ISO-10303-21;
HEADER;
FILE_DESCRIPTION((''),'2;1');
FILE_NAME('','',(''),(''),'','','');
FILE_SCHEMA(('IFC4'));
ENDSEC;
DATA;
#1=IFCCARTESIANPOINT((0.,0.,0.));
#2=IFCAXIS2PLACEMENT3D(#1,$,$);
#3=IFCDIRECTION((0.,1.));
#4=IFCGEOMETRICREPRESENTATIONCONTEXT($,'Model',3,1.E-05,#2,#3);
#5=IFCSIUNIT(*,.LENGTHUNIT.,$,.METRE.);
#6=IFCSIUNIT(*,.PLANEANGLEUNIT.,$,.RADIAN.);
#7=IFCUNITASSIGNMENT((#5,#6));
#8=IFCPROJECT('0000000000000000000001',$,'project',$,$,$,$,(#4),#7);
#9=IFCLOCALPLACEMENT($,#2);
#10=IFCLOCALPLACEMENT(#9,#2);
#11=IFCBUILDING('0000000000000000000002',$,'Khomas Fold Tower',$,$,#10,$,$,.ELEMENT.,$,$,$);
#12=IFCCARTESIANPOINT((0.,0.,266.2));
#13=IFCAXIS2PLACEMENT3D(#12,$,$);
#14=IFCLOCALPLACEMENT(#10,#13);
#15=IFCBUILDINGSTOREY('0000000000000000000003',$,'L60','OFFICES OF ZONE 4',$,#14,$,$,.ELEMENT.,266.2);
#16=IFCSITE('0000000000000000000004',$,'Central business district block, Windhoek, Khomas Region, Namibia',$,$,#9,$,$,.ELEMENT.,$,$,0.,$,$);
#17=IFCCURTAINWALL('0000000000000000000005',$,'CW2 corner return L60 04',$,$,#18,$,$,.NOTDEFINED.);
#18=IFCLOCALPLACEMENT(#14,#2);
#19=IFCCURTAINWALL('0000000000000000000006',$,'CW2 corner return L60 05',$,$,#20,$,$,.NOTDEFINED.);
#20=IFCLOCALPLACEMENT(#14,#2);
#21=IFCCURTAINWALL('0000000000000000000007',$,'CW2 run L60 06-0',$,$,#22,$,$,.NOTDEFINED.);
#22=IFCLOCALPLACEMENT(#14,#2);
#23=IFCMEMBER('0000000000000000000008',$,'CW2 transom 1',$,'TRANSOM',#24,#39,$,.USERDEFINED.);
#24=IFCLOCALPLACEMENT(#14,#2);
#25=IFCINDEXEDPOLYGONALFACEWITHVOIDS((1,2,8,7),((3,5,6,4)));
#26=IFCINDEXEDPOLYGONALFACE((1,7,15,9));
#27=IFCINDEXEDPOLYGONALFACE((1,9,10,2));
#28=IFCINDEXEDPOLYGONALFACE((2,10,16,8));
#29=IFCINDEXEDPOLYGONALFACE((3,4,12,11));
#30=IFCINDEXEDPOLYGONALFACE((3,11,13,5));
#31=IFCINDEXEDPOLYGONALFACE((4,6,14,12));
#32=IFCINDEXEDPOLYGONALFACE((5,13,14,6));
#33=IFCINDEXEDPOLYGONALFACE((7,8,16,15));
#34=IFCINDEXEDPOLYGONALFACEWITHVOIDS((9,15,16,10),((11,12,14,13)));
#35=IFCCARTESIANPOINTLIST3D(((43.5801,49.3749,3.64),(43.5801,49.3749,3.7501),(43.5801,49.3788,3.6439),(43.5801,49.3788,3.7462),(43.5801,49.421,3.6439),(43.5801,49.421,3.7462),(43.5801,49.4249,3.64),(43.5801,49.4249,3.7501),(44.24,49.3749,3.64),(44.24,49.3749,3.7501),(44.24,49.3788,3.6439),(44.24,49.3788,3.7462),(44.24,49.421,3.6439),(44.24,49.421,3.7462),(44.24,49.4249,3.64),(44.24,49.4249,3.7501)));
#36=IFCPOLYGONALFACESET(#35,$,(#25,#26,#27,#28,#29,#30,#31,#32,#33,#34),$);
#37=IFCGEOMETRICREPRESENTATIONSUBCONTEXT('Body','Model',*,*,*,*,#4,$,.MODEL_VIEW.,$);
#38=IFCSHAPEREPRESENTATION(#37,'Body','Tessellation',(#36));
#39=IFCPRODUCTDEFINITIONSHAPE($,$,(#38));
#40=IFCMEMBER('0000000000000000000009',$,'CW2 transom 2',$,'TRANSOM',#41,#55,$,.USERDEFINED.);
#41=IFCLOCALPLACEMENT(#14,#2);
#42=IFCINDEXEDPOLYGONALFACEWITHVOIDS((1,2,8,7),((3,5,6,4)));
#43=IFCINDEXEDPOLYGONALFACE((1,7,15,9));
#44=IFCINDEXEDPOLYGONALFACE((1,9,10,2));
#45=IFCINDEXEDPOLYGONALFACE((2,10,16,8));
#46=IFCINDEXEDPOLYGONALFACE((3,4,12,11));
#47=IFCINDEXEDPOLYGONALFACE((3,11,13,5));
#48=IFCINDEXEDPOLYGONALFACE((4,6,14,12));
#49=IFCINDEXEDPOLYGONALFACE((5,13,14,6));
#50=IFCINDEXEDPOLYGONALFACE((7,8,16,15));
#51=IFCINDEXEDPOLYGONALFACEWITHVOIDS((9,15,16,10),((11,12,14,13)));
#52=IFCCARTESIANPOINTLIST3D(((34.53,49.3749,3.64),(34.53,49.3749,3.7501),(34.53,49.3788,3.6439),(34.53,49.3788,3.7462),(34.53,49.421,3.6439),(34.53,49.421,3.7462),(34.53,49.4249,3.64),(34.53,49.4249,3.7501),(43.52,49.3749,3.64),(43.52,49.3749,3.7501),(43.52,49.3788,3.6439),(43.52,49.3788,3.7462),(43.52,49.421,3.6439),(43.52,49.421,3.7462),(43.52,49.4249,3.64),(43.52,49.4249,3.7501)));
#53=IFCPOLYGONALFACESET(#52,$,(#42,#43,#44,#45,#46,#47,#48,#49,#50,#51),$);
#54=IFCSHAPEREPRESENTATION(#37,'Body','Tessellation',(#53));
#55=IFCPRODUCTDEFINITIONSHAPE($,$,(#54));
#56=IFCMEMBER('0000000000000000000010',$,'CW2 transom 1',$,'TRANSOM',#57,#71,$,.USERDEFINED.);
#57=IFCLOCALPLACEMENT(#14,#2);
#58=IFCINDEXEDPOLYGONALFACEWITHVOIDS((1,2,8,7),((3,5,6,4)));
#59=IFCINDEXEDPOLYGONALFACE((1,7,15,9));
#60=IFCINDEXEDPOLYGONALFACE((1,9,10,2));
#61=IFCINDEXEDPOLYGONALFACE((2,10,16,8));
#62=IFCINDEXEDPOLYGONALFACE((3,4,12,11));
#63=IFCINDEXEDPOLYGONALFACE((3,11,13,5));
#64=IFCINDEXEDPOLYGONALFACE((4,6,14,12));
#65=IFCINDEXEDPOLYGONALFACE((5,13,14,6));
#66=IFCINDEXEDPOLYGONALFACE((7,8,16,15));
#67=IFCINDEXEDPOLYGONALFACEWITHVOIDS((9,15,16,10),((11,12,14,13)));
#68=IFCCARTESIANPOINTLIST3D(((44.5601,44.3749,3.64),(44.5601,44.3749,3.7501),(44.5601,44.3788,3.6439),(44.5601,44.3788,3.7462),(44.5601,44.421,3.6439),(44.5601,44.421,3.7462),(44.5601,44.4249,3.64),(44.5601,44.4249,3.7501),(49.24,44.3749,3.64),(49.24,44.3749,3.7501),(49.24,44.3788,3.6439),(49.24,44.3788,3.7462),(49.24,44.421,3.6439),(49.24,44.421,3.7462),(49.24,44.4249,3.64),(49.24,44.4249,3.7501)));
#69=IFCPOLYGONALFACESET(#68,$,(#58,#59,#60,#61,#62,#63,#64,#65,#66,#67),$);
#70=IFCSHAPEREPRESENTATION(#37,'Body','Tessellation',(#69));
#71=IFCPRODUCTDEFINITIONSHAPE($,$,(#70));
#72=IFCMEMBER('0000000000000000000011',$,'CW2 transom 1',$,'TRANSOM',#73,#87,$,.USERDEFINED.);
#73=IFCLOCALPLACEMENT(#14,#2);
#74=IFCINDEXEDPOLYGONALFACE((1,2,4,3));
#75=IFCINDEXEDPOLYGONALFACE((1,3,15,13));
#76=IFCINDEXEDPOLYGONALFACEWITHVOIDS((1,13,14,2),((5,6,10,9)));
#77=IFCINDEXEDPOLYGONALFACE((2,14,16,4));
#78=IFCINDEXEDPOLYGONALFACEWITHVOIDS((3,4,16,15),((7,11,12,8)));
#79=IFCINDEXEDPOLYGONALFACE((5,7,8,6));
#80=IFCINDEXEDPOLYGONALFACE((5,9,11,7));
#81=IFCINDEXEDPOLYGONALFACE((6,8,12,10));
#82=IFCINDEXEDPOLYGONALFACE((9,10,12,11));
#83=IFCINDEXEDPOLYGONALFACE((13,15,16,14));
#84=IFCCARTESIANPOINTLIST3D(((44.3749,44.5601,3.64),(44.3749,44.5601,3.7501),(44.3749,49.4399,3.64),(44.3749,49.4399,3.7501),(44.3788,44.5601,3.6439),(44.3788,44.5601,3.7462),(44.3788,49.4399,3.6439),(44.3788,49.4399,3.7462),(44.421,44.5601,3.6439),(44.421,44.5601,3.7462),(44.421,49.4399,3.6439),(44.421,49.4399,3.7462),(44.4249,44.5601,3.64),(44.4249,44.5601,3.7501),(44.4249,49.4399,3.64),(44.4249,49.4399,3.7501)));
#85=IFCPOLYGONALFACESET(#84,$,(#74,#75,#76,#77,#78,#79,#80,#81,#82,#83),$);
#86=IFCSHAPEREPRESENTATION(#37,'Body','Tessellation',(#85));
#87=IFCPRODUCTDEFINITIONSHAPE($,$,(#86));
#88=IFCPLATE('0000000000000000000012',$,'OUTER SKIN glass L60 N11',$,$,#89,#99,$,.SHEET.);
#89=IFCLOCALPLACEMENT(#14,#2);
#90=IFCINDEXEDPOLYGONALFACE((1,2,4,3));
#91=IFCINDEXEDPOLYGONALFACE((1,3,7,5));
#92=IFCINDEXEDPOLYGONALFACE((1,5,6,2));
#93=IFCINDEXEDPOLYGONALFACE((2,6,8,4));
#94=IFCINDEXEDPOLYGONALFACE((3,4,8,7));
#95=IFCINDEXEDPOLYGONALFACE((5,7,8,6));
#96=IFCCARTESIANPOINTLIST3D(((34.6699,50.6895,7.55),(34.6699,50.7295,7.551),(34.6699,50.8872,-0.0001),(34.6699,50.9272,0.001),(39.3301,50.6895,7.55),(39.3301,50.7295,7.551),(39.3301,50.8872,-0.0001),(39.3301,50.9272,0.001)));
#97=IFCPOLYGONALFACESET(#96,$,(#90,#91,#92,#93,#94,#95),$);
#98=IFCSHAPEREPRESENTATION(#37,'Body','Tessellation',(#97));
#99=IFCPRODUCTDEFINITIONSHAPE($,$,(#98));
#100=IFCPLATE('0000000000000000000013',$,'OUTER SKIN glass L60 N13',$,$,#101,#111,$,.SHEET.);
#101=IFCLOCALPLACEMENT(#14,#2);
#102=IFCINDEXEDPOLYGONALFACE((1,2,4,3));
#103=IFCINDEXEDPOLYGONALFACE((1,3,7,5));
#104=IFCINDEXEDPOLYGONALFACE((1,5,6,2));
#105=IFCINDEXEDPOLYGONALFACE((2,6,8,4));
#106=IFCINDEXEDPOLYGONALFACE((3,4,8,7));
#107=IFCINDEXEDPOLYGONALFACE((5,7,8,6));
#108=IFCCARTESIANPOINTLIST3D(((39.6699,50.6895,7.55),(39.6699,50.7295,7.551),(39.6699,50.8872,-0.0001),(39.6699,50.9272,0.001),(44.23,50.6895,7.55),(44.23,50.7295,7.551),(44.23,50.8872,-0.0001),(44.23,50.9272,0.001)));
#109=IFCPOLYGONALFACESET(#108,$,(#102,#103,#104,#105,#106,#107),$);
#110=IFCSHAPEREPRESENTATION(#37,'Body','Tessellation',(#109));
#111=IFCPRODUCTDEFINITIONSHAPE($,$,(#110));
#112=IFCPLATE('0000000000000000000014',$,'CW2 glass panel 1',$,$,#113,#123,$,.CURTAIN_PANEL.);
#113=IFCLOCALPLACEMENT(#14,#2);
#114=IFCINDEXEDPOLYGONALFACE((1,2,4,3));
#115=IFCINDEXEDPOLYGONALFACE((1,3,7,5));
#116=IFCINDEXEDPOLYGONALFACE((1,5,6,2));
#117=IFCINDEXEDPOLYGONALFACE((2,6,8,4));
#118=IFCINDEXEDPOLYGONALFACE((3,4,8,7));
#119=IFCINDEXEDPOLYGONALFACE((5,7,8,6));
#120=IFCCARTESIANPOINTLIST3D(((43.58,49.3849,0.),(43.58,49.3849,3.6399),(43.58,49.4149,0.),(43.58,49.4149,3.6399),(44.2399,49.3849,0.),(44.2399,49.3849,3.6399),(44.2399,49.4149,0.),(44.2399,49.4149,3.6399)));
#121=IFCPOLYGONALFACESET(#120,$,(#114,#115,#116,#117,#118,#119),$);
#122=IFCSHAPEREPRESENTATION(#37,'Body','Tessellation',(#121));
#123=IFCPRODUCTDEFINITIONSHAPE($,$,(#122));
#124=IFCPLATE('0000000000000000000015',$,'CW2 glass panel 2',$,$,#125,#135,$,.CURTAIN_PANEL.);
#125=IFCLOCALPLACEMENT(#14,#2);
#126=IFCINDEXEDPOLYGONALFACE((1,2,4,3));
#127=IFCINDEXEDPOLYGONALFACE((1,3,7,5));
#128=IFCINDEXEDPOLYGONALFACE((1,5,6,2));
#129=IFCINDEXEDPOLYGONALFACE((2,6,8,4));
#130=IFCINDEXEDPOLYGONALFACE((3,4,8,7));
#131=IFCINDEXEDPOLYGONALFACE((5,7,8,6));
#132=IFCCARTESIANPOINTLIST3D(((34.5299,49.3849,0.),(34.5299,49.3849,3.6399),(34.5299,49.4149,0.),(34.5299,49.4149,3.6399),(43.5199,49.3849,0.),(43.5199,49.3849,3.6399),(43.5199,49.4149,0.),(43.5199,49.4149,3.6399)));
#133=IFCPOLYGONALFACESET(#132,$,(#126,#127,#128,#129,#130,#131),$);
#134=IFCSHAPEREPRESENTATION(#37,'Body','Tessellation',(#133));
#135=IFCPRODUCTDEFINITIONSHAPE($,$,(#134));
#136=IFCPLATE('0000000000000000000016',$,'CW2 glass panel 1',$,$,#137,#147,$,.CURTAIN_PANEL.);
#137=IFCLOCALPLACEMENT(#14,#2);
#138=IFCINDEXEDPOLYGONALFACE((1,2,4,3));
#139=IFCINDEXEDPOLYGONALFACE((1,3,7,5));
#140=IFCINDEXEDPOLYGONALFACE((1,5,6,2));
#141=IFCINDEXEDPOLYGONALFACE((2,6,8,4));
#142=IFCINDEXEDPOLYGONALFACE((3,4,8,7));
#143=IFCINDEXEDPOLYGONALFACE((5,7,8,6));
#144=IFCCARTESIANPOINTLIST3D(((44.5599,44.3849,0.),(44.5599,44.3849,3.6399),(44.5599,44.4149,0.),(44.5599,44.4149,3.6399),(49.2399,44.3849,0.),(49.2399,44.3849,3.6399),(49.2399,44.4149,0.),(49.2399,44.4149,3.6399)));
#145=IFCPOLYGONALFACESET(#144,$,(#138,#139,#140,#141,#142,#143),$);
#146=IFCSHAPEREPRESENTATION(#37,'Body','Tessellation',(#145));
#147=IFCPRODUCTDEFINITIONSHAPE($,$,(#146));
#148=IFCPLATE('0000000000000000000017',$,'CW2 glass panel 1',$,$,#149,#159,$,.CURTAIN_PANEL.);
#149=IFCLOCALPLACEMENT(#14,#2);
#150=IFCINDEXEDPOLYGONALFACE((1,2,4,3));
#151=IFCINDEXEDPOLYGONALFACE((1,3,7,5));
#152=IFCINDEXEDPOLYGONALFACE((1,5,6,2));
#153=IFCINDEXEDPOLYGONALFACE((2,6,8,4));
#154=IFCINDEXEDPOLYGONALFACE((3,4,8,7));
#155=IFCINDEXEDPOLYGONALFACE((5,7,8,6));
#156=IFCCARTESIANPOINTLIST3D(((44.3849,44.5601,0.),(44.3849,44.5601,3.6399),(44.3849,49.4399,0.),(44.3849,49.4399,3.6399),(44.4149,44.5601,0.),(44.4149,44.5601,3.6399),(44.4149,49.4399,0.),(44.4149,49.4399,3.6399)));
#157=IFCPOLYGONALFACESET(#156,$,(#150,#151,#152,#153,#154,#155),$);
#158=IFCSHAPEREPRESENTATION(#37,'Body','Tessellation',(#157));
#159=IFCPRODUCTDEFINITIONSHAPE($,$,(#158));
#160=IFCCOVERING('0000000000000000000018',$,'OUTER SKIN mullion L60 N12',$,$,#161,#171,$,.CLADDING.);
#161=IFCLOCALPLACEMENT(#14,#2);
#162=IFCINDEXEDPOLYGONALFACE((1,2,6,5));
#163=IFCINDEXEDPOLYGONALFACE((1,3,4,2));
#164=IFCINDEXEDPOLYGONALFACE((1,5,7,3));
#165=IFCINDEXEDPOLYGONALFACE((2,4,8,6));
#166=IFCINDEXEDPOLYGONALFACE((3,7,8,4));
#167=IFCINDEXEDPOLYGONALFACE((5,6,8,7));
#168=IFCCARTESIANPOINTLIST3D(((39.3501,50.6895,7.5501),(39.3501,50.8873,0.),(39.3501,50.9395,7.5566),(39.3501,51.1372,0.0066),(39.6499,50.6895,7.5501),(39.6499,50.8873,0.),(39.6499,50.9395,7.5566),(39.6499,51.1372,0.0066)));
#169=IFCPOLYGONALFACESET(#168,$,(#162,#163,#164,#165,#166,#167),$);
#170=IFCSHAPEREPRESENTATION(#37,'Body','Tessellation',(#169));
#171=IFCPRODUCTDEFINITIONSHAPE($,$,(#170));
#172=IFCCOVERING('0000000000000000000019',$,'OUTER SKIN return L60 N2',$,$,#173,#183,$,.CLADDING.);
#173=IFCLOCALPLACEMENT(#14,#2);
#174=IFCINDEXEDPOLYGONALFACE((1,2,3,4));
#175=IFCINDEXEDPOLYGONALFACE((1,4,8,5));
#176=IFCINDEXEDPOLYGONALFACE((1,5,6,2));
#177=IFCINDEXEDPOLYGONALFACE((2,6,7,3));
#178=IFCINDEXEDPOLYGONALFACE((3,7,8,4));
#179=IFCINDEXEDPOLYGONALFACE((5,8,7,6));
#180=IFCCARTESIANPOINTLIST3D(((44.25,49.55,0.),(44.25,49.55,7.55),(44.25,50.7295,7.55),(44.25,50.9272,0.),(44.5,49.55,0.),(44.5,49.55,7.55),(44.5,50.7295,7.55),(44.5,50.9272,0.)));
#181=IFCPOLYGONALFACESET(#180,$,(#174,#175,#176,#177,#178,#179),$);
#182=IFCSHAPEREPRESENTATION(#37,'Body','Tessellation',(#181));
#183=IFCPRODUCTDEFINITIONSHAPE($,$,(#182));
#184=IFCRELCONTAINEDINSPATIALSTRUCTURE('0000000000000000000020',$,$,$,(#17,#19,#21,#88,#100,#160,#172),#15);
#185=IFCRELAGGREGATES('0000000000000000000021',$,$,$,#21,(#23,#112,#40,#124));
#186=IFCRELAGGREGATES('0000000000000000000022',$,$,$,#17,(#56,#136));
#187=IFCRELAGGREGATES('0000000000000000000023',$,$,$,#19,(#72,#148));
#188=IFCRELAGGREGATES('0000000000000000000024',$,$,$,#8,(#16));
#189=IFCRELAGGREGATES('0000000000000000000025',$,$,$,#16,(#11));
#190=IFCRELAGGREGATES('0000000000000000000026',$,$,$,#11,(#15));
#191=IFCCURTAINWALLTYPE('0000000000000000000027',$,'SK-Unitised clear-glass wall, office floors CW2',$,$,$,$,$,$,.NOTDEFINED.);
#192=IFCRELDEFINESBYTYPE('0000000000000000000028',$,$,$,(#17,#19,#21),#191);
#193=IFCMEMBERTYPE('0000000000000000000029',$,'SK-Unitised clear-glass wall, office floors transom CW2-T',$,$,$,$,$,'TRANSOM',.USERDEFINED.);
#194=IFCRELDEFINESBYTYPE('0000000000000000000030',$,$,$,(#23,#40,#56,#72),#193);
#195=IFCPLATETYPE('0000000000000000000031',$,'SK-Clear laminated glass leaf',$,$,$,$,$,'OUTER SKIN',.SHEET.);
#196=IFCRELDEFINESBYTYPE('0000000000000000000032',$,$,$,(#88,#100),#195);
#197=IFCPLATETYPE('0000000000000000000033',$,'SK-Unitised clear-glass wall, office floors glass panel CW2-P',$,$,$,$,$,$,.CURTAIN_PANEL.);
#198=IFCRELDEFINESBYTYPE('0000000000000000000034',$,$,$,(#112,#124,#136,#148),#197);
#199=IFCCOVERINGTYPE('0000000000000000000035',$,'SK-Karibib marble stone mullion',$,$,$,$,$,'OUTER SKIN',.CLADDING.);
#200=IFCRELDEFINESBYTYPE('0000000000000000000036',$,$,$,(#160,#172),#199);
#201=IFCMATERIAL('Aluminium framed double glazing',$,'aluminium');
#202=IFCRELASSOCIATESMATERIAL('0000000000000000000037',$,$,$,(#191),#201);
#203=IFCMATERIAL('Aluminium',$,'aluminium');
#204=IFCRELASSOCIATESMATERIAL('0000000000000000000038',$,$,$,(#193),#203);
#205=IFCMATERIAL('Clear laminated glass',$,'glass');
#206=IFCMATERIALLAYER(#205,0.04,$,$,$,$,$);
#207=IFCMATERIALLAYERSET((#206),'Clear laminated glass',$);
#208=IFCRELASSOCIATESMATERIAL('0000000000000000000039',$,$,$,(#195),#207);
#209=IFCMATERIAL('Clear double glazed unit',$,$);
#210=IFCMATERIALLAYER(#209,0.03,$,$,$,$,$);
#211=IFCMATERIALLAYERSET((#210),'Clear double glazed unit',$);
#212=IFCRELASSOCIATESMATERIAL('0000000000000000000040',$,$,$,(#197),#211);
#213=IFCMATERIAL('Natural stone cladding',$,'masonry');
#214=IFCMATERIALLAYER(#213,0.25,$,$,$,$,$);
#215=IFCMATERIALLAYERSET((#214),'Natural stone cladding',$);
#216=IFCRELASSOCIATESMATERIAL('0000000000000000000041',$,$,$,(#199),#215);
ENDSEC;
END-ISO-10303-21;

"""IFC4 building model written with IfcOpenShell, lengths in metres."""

from ifc_helpers import new_model, si_unit, direction, frame, origin, origin_2d, place, context, subcontext, project, spatial, polyline, rectangle, hollow_rectangle, outline, extrude, source, transform, mapped, material, layer, layer_set, material_profile, profile_set, type_object, element, aggregate, save


model = new_model("IFC4")

# Units and contexts
model_context = context("Model", 3, precision=1e-05, world=origin(), true_north=direction((0.0, 1.0)))
body_context = subcontext(model_context, "Body", "Model", "MODEL_VIEW")
ifc_project = project(units=[si_unit("LENGTHUNIT", "METRE"), si_unit("PLANEANGLEUNIT", "RADIAN")], contexts=[model_context])

# Site, building, storey
site_placement = place(None, origin())
site = spatial("IfcSite", under=ifc_project, at=site_placement, Name="Central business district block, Windhoek, Khomas Region, Namibia", CompositionType="ELEMENT", RefElevation=0.0)
building_placement = place(site_placement, origin())
building = spatial("IfcBuilding", under=site, at=building_placement, Name="Khomas Fold Tower", CompositionType="ELEMENT")
storey_placement = place(building_placement, frame((0.0, 0.0, 266.2)))
storey = spatial("IfcBuildingStorey", under=building, at=storey_placement, Name="L60", Description="OFFICES OF ZONE 4", CompositionType="ELEMENT", Elevation=266.2)

# Curtain wall
ifc_material_1 = material(Name="Aluminium framed double glazing", Category="aluminium")
curtain_wall_type = type_object("IfcCurtainWallType", Name="SK-Unitised clear-glass wall, office floors CW2", PredefinedType="NOTDEFINED", material=ifc_material_1)
curtain_wall_1_placement = place(storey_placement, origin())
curtain_wall_1 = element("IfcCurtainWall", 1, at=curtain_wall_1_placement, inside=storey, type_object=curtain_wall_type, Name="CW2 corner return L60 04", PredefinedType="NOTDEFINED")

# Curtain walls, members
curtain_wall_2_placement = place(storey_placement, origin())
curtain_wall_2 = element("IfcCurtainWall", 2, at=curtain_wall_2_placement, inside=storey, type_object=curtain_wall_type, Name="CW2 corner return L60 05", PredefinedType="NOTDEFINED")
curtain_wall_3_placement = place(storey_placement, origin())
curtain_wall_3 = element("IfcCurtainWall", 3, at=curtain_wall_3_placement, inside=storey, type_object=curtain_wall_type, Name="CW2 run L60 06-0", PredefinedType="NOTDEFINED")
ifc_material_2 = material(Name="Aluminium", Category="aluminium")
ifc_material_profile_1 = material_profile(ifc_material_2, hollow_rectangle(XDim=0.05, YDim=0.1101, WallThickness=0.0039, at=origin_2d()), Name="SK-Unitised clear-glass wall, office floors transom CW2-T")
ifc_profile_set_1 = profile_set([ifc_material_profile_1], Name="Aluminium")
member_type_1 = type_object("IfcMemberType", Name="SK-Unitised clear-glass wall, office floors transom CW2-T", ElementType="TRANSOM", PredefinedType="USERDEFINED", material=ifc_profile_set_1)
shared_shape_1 = source(origin(), body_context, "Body", "SweptSolid", [
    extrude(hollow_rectangle(XDim=0.05, YDim=0.1101, WallThickness=0.0039, at=origin_2d()), origin(), (0.0, 0.0, 1.0), 0.6599),
])
member_1_placement = place(storey_placement, frame((44.24, 49.3999, 3.6951), z_axis=(-1.0, 0.0, 0.0), x_axis=(0.0, -1.0, 0.0)))
member_1 = element("IfcMember", 4, at=member_1_placement, type_object=member_type_1, Name="CW2 transom 1", ObjectType="TRANSOM", PredefinedType="USERDEFINED", context=body_context, shape_type="MappedRepresentation", body=[
    mapped(shared_shape_1, transform((0.0, 0.0, 0.0))),
])
shared_shape_2 = source(origin(), body_context, "Body", "SweptSolid", [
    extrude(hollow_rectangle(XDim=0.05, YDim=0.1101, WallThickness=0.0039, at=origin_2d()), origin(), (0.0, 0.0, 1.0), 8.99),
])
member_2_placement = place(storey_placement, frame((43.52, 49.3999, 3.6951), z_axis=(-1.0, 0.0, 0.0), x_axis=(0.0, -1.0, 0.0)))
member_2 = element("IfcMember", 5, at=member_2_placement, type_object=member_type_1, Name="CW2 transom 2", ObjectType="TRANSOM", PredefinedType="USERDEFINED", context=body_context, shape_type="MappedRepresentation", body=[
    mapped(shared_shape_2, transform((0.0, 0.0, 0.0))),
])

# Members
shared_shape_3 = source(origin(), body_context, "Body", "SweptSolid", [
    extrude(hollow_rectangle(XDim=0.05, YDim=0.1101, WallThickness=0.0039, at=origin_2d()), origin(), (0.0, 0.0, 1.0), 4.6799),
])
member_3_placement = place(storey_placement, frame((49.24, 44.3999, 3.6951), z_axis=(-1.0, 0.0, 0.0), x_axis=(0.0, -1.0, 0.0)))
member_3 = element("IfcMember", 6, at=member_3_placement, type_object=member_type_1, Name="CW2 transom 1", ObjectType="TRANSOM", PredefinedType="USERDEFINED", context=body_context, shape_type="MappedRepresentation", body=[
    mapped(shared_shape_3, transform((0.0, 0.0, 0.0))),
])
shared_shape_4 = source(origin(), body_context, "Body", "SweptSolid", [
    extrude(hollow_rectangle(XDim=0.05, YDim=0.1101, WallThickness=0.0039, at=origin_2d()), origin(), (0.0, 0.0, 1.0), 4.8799),
])
member_4_placement = place(storey_placement, frame((44.3999, 44.5601, 3.6951), z_axis=(0.0, 1.0, 0.0), x_axis=(-1.0, 0.0, 0.0)))
member_4 = element("IfcMember", 7, at=member_4_placement, type_object=member_type_1, Name="CW2 transom 1", ObjectType="TRANSOM", PredefinedType="USERDEFINED", context=body_context, shape_type="MappedRepresentation", body=[
    mapped(shared_shape_4, transform((0.0, 0.0, 0.0))),
])

# Plates
ifc_material_3 = material(Name="Clear laminated glass", Category="glass")
ifc_layer_1 = layer(ifc_material_3, 0.04)
ifc_layer_set_1 = layer_set([ifc_layer_1], Name="Clear laminated glass")
plate_type_1 = type_object("IfcPlateType", Name="SK-Clear laminated glass leaf", ElementType="OUTER SKIN", PredefinedType="SHEET", material=ifc_layer_set_1)
plate_1_placement = place(storey_placement, frame((34.6699, 50.9272, 0.001), z_axis=(0.0, 0.999657, 0.026183), x_axis=(1.0, 0.0, 0.0)))
element("IfcPlate", 8, at=plate_1_placement, inside=storey, type_object=plate_type_1, Name="OUTER SKIN glass L60 N11", PredefinedType="SHEET", context=body_context, shape_type="SweptSolid", body=[
    extrude(outline(polyline([(0.0, 0.0), (4.6602, 0.0), (4.6602, -7.5526), (0.0, -7.5526), (0.0, 0.0)])), origin(), (0.0, 0.0, -1.0), 0.04),
])
plate_2_placement = place(storey_placement, frame((39.6699, 50.9272, 0.001), z_axis=(0.0, 0.999657, 0.026183), x_axis=(1.0, 0.0, 0.0)))
element("IfcPlate", 9, at=plate_2_placement, inside=storey, type_object=plate_type_1, Name="OUTER SKIN glass L60 N13", PredefinedType="SHEET", context=body_context, shape_type="SweptSolid", body=[
    extrude(outline(polyline([(0.0, 0.0), (4.5601, 0.0), (4.5601, -7.5526), (0.0, -7.5526), (0.0, 0.0)])), origin(), (0.0, 0.0, -1.0), 0.04),
])

# Plates
ifc_material_4 = material(Name="Clear double glazed unit")
ifc_layer_2 = layer(ifc_material_4, 0.03)
ifc_layer_set_2 = layer_set([ifc_layer_2], Name="Clear double glazed unit")
plate_type_2 = type_object("IfcPlateType", Name="SK-Unitised clear-glass wall, office floors glass panel CW2-P", PredefinedType="CURTAIN_PANEL", material=ifc_layer_set_2)
shared_shape_5 = source(origin(), body_context, "Body", "SweptSolid", [
    extrude(rectangle(XDim=0.6599, YDim=0.03, at=origin_2d()), origin(), (0.0, 0.0, 1.0), 3.6399),
])
plate_3_placement = place(storey_placement, frame((43.9099, 49.3999, 0.0), z_axis=(0.0, 0.0, 1.0), x_axis=(-1.0, 0.0, 0.0)))
plate_3 = element("IfcPlate", 10, at=plate_3_placement, type_object=plate_type_2, Name="CW2 glass panel 1", PredefinedType="CURTAIN_PANEL", context=body_context, shape_type="MappedRepresentation", body=[
    mapped(shared_shape_5, transform((0.0, 0.0, 0.0))),
])
shared_shape_6 = source(origin(), body_context, "Body", "SweptSolid", [
    extrude(rectangle(XDim=8.99, YDim=0.03, at=origin_2d()), origin(), (0.0, 0.0, 1.0), 3.6399),
])
plate_4_placement = place(storey_placement, frame((39.0249, 49.3999, 0.0), z_axis=(0.0, 0.0, 1.0), x_axis=(-1.0, 0.0, 0.0)))
plate_4 = element("IfcPlate", 11, at=plate_4_placement, type_object=plate_type_2, Name="CW2 glass panel 2", PredefinedType="CURTAIN_PANEL", context=body_context, shape_type="MappedRepresentation", body=[
    mapped(shared_shape_6, transform((0.0, 0.0, 0.0))),
])
aggregate(curtain_wall_3, [member_1, plate_3, member_2, plate_4])
shared_shape_7 = source(origin(), body_context, "Body", "SweptSolid", [
    extrude(rectangle(XDim=4.6799, YDim=0.03, at=origin_2d()), origin(), (0.0, 0.0, 1.0), 3.6399),
])
plate_5_placement = place(storey_placement, frame((46.8999, 44.3999, 0.0), z_axis=(0.0, 0.0, 1.0), x_axis=(-1.0, 0.0, 0.0)))
plate_5 = element("IfcPlate", 12, at=plate_5_placement, type_object=plate_type_2, Name="CW2 glass panel 1", PredefinedType="CURTAIN_PANEL", context=body_context, shape_type="MappedRepresentation", body=[
    mapped(shared_shape_7, transform((0.0, 0.0, 0.0))),
])
aggregate(curtain_wall_1, [member_3, plate_5])
shared_shape_8 = source(origin(), body_context, "Body", "SweptSolid", [
    extrude(rectangle(XDim=4.8799, YDim=0.03, at=origin_2d()), origin(), (0.0, 0.0, 1.0), 3.6399),
])
plate_6_placement = place(storey_placement, frame((44.3999, 47.0, 0.0), z_axis=(0.0, 0.0, 1.0), x_axis=(0.0, 1.0, 0.0)))
plate_6 = element("IfcPlate", 13, at=plate_6_placement, type_object=plate_type_2, Name="CW2 glass panel 1", PredefinedType="CURTAIN_PANEL", context=body_context, shape_type="MappedRepresentation", body=[
    mapped(shared_shape_8, transform((0.0, 0.0, 0.0))),
])
aggregate(curtain_wall_2, [member_4, plate_6])

# Coverings
ifc_material_5 = material(Name="Natural stone cladding", Category="masonry")
ifc_layer_3 = layer(ifc_material_5, 0.25)
ifc_layer_set_3 = layer_set([ifc_layer_3], Name="Natural stone cladding")
covering_type = type_object("IfcCoveringType", Name="SK-Karibib marble stone mullion", ElementType="OUTER SKIN", PredefinedType="CLADDING", material=ifc_layer_set_3)
covering_1_placement = place(storey_placement, frame((39.3501, 51.1372, 0.0066), z_axis=(0.0, 0.999657, 0.026183), x_axis=(1.0, 0.0, 0.0)))
element("IfcCovering", 14, at=covering_1_placement, inside=storey, type_object=covering_type, Name="OUTER SKIN mullion L60 N12", PredefinedType="CLADDING", context=body_context, shape_type="SweptSolid", body=[
    extrude(outline(polyline([(0.0, 0.0), (0.2998, 0.0), (0.2998, -7.5526), (0.0, -7.5526), (0.0, 0.0)])), origin(), (0.0, 0.0, -1.0), 0.25),
])
covering_2_placement = place(storey_placement, frame((44.5, 49.55, 0.0), z_axis=(1.0, 0.0, 0.0), x_axis=(0.0, 1.0, 0.0)))
element("IfcCovering", 15, at=covering_2_placement, inside=storey, type_object=covering_type, Name="OUTER SKIN return L60 N2", PredefinedType="CLADDING", context=body_context, shape_type="SweptSolid", body=[
    extrude(outline(polyline([(0.0, 0.0), (1.3772, 0.0), (1.1794, 7.55), (0.0, 7.55), (0.0, 0.0)])), origin(), (0.0, 0.0, -1.0), 0.25),
])

save(model, "model.ifc")
